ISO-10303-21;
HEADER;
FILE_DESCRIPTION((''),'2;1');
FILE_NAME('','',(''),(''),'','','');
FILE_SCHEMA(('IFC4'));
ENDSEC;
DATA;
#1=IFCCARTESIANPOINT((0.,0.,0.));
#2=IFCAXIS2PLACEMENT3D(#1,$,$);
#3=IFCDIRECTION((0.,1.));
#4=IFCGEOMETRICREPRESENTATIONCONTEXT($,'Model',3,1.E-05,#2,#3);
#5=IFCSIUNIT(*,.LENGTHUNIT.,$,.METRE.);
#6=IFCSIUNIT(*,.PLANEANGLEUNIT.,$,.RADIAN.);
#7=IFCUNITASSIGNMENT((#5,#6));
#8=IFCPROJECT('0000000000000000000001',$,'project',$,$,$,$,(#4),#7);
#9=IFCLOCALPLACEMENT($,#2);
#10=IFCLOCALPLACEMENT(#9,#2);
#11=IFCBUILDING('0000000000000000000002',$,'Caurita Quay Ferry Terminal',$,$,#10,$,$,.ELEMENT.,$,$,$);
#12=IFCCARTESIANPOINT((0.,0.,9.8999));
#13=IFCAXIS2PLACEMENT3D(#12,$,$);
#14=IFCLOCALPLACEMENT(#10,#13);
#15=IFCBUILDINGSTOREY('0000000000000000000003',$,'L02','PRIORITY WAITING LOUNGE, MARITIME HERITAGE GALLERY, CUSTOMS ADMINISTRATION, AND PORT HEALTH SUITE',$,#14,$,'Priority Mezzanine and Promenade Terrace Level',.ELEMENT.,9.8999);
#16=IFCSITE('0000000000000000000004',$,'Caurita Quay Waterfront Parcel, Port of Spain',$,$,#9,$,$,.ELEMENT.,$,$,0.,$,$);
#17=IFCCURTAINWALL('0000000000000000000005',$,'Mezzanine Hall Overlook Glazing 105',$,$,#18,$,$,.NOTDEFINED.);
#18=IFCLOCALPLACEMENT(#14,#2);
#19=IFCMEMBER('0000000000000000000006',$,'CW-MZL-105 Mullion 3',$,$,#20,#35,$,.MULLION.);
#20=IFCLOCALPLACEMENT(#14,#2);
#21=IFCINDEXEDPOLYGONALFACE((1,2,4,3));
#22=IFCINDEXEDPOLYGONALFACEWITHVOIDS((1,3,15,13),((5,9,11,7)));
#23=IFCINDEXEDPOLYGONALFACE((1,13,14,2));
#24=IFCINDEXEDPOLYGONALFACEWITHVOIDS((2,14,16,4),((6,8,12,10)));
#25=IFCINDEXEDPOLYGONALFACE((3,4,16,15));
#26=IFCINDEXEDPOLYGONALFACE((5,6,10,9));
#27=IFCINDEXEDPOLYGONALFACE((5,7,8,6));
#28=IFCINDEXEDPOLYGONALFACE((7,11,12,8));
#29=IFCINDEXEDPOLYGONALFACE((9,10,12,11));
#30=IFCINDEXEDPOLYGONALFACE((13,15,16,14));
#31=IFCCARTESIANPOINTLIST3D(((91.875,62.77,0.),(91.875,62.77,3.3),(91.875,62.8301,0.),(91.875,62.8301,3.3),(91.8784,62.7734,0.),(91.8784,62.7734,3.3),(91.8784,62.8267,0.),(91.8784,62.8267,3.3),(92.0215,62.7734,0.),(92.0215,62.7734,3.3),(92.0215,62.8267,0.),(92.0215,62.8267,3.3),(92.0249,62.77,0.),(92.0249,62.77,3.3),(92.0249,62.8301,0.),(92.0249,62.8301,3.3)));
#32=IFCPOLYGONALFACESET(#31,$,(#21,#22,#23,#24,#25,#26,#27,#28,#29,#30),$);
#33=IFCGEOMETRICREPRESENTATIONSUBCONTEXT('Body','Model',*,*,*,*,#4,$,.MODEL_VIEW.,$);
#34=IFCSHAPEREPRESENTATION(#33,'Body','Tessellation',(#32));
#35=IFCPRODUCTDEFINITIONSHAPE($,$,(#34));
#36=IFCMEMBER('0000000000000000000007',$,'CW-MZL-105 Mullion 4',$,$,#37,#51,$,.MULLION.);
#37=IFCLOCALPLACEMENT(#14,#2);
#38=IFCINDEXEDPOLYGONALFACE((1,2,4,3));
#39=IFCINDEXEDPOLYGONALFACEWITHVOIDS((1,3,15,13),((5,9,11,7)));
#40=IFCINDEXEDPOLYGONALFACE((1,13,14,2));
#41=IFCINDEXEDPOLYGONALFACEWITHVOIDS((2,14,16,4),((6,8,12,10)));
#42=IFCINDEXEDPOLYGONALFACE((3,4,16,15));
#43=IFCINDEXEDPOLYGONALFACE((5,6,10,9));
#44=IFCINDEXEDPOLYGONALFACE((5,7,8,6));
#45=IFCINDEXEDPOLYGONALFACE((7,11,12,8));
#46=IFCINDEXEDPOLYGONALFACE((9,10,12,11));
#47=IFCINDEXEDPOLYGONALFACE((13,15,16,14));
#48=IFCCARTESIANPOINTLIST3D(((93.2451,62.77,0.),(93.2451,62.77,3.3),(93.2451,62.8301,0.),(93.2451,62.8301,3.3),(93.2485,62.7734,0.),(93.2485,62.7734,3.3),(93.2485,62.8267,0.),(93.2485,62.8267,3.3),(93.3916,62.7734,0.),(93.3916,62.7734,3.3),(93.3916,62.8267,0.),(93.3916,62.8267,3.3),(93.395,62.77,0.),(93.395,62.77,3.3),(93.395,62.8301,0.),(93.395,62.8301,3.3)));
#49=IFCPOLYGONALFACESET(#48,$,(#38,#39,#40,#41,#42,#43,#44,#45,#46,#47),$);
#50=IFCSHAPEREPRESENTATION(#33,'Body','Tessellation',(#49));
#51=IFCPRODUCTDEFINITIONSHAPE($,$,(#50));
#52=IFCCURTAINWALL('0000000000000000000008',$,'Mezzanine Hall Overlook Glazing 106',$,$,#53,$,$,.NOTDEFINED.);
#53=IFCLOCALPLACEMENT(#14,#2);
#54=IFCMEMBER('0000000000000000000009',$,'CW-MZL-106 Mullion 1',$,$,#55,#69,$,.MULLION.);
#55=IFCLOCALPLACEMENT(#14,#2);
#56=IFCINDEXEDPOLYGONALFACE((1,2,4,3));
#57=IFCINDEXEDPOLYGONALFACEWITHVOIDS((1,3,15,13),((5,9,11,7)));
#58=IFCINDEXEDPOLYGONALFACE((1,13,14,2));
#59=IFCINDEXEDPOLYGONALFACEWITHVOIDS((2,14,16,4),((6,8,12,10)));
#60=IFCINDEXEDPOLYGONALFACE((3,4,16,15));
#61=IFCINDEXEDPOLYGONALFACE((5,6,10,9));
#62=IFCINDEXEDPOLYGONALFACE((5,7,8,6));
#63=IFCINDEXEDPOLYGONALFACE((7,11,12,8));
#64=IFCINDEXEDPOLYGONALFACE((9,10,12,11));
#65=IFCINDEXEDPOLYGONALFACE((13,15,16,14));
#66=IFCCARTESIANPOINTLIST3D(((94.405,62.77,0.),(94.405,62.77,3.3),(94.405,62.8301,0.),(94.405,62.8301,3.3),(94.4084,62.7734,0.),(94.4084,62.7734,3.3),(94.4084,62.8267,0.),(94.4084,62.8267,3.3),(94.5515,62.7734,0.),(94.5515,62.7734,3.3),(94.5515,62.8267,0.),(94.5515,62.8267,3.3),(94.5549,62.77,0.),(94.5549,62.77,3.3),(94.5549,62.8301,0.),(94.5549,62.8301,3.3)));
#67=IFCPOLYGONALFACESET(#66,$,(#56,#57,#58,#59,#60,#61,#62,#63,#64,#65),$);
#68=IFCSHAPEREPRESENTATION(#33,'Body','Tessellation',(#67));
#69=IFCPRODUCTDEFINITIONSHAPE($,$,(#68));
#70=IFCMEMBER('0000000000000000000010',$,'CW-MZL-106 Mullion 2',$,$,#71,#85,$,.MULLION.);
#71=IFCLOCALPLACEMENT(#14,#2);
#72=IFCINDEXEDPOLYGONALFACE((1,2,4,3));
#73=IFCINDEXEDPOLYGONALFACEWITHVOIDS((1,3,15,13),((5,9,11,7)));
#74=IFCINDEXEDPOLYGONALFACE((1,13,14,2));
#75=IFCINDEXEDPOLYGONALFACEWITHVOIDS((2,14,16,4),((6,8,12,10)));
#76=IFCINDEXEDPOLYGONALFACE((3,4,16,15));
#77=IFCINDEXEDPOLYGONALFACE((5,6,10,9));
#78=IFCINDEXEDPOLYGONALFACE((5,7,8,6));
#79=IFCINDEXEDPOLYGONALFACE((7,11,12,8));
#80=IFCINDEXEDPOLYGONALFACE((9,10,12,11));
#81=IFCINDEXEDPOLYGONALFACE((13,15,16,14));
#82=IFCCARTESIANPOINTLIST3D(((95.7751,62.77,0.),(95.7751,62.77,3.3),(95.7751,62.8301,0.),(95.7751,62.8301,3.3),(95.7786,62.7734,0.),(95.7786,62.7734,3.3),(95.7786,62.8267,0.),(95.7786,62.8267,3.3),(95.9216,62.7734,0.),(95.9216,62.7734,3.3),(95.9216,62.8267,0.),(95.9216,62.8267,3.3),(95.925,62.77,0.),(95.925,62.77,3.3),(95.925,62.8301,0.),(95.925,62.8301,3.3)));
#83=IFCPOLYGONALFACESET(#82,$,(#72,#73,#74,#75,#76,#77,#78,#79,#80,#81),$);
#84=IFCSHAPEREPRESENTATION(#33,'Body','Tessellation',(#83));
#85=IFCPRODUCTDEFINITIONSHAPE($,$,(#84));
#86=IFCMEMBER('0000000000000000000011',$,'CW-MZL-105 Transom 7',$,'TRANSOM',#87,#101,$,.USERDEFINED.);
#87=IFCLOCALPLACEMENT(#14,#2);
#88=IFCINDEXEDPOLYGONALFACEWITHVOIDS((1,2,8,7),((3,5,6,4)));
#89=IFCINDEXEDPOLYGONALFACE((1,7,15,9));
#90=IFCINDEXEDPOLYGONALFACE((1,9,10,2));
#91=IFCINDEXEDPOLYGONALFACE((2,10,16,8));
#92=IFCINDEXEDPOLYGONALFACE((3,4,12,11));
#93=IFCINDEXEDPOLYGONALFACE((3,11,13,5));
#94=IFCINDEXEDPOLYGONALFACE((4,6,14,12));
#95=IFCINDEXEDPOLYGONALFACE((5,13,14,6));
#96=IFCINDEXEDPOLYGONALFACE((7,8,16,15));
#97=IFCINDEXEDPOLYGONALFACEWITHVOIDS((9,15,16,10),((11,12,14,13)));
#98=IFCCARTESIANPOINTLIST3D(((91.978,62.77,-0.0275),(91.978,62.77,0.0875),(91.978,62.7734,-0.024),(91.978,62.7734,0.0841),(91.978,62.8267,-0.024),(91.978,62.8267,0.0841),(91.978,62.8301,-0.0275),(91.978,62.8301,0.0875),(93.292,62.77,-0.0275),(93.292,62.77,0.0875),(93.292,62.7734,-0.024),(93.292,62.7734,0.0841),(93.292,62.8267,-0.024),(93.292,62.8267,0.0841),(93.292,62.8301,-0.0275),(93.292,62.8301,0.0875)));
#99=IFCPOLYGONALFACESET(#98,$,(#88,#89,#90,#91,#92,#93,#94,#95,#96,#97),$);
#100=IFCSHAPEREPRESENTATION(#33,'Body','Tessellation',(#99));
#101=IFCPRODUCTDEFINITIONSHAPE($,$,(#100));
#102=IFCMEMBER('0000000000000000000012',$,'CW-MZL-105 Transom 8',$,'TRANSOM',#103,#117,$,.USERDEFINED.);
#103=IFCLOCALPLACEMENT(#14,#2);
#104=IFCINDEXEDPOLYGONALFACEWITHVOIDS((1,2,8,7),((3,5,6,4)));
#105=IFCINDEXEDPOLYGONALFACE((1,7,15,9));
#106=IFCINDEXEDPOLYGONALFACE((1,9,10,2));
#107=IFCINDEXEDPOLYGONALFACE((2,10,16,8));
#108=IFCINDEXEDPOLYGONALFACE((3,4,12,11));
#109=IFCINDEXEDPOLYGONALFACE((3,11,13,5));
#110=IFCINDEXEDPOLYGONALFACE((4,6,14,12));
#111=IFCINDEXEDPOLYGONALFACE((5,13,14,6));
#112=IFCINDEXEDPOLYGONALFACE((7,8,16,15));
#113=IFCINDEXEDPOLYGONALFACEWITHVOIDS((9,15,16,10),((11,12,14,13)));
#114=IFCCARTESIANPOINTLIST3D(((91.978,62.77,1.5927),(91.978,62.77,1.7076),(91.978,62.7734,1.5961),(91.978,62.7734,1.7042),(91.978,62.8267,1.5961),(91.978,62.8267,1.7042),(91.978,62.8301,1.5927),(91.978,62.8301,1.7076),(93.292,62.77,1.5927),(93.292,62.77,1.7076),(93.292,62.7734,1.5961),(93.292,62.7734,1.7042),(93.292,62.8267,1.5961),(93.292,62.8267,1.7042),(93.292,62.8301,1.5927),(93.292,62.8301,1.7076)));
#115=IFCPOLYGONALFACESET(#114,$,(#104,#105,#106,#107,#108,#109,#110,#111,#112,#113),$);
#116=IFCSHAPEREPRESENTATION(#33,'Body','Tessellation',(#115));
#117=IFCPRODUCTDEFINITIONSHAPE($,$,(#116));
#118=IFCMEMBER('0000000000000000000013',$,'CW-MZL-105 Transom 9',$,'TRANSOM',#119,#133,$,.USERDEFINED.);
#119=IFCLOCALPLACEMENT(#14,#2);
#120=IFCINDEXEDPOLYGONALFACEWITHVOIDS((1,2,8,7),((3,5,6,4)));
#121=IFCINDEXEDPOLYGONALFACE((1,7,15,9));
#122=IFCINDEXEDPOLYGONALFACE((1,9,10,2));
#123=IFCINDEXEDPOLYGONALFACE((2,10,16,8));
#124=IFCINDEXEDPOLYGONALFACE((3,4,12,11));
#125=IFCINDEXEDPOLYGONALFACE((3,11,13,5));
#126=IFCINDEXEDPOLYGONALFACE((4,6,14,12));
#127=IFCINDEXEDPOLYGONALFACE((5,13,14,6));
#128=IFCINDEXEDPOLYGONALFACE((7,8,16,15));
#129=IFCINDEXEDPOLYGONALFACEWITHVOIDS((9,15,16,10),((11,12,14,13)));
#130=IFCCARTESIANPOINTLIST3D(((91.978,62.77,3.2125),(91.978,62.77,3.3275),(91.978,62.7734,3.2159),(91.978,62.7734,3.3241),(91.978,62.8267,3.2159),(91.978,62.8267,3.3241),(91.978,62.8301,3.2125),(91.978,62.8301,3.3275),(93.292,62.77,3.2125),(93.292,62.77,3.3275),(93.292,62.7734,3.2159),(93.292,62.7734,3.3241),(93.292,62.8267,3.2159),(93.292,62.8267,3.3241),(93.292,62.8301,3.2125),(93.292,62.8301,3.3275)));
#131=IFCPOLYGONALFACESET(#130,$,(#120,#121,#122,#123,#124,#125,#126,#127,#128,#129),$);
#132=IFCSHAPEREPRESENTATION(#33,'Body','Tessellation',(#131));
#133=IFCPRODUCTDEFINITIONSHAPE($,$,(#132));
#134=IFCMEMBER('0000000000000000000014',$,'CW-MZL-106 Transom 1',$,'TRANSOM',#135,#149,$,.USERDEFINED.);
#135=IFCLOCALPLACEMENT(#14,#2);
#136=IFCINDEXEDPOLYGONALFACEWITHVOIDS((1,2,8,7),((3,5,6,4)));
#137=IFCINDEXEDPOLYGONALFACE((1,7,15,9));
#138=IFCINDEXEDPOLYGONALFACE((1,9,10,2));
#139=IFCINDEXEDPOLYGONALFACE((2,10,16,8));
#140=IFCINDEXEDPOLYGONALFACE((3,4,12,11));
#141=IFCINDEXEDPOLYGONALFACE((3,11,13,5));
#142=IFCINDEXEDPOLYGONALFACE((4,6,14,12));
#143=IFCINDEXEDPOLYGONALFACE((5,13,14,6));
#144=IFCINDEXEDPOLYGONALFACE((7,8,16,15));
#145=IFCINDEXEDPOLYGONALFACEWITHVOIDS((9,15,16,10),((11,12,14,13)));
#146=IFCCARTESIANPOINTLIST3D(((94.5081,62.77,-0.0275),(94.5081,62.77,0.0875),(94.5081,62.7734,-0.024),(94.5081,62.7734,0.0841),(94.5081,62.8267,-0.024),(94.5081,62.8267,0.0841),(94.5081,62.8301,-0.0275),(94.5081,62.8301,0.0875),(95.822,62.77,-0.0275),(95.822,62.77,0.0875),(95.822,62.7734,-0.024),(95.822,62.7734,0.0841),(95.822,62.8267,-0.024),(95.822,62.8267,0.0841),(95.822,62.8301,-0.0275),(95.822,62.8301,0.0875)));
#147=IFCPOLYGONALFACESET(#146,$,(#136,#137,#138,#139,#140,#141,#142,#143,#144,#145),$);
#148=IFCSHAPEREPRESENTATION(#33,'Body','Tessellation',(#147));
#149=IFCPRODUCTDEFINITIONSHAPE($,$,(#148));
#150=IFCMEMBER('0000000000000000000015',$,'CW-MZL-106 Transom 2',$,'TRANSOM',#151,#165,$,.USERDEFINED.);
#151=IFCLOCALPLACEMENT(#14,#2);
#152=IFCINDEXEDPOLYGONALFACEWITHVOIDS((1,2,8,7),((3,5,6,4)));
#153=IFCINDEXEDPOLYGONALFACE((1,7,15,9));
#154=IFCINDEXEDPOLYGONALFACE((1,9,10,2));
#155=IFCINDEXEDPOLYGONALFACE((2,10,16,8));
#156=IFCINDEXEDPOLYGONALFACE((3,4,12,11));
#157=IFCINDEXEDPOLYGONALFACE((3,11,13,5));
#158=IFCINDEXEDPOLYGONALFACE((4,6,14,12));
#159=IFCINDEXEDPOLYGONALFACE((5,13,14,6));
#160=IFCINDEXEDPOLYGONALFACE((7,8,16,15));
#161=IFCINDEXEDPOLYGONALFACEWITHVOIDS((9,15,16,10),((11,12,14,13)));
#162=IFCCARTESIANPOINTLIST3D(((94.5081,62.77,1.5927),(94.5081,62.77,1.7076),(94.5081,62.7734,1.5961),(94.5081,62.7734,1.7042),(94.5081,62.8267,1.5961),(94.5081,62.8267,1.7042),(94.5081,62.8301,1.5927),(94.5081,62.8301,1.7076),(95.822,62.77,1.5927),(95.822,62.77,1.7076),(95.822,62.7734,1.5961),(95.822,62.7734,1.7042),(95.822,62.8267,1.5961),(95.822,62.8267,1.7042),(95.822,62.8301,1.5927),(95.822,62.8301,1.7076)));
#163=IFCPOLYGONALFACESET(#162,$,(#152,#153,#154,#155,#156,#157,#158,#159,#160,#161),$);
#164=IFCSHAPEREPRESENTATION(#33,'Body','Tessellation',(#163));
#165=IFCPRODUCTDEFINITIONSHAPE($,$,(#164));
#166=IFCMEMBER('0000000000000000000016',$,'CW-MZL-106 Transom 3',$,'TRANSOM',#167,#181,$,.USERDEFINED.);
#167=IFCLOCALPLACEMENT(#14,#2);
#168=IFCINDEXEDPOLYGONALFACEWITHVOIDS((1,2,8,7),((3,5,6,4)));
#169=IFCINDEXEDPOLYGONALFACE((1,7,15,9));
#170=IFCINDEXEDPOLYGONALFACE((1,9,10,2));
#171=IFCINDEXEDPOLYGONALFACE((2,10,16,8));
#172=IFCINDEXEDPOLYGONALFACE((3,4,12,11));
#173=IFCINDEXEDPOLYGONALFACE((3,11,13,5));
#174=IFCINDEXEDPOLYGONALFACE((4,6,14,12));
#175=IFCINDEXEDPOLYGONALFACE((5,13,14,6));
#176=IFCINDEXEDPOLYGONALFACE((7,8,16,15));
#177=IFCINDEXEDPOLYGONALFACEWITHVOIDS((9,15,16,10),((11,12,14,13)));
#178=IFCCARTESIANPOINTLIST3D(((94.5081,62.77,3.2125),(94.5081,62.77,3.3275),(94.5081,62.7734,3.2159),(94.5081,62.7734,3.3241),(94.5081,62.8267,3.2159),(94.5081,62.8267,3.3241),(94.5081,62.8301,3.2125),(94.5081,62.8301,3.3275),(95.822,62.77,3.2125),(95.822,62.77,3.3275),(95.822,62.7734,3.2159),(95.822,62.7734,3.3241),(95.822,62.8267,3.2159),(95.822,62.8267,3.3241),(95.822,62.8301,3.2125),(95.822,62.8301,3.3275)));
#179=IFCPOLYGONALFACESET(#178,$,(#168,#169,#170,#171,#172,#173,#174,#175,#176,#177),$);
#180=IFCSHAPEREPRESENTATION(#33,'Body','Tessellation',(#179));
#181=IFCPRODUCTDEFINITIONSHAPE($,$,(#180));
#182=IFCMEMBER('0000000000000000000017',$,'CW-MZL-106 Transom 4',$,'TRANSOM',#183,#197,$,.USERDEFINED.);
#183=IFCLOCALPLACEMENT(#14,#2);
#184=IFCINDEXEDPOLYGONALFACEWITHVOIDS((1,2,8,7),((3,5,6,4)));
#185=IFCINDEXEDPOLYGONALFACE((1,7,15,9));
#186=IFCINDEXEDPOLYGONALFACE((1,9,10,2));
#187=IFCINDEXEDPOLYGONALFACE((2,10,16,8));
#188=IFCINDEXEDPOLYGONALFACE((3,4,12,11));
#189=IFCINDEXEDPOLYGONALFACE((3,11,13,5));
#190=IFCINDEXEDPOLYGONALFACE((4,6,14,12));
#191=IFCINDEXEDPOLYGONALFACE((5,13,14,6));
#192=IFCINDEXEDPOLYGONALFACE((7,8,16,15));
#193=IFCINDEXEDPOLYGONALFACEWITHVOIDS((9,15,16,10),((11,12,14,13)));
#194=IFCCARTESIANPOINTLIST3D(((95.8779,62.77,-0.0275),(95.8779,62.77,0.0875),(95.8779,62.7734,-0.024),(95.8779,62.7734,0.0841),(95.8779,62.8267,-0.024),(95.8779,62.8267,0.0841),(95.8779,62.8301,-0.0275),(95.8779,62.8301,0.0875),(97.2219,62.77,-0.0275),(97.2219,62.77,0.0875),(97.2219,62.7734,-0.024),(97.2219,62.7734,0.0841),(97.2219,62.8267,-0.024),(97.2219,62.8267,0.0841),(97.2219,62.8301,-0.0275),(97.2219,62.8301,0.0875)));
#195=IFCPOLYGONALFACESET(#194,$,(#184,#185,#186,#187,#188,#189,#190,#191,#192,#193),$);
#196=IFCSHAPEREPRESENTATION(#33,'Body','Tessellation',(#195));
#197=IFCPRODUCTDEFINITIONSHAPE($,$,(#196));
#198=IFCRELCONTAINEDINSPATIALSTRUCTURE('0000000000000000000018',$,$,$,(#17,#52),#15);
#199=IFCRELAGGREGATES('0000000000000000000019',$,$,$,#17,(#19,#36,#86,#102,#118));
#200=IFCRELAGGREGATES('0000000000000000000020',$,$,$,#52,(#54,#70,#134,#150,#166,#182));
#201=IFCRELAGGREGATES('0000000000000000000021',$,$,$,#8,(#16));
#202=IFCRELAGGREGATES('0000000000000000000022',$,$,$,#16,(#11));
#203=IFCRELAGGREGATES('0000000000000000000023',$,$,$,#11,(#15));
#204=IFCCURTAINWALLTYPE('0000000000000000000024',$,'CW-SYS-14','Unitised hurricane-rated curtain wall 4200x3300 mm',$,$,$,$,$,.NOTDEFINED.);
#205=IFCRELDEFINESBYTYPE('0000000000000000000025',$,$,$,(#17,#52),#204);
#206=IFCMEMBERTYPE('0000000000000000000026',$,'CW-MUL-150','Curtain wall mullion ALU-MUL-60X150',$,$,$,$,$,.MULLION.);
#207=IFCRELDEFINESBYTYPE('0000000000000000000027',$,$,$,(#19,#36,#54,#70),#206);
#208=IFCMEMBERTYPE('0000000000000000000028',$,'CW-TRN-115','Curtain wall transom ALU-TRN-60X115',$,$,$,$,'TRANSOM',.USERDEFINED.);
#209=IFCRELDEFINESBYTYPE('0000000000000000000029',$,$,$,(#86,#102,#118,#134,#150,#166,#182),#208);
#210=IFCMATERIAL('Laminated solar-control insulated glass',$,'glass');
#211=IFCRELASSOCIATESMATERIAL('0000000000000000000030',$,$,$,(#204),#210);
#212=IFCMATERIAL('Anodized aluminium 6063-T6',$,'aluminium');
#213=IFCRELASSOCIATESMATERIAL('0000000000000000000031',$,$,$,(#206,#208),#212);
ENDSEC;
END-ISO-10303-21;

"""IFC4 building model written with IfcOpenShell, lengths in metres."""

from ifc_helpers import new_model, si_unit, direction, frame, origin, origin_2d, place, context, subcontext, project, spatial, hollow_rectangle, extrude, material, material_profile, profile_set, type_object, element, aggregate, save


model = new_model("IFC4")

# Units and contexts
model_context = context("Model", 3, precision=1e-05, world=origin(), true_north=direction((0.0, 1.0)))
body_context = subcontext(model_context, "Body", "Model", "MODEL_VIEW")
ifc_project = project(units=[si_unit("LENGTHUNIT", "METRE"), si_unit("PLANEANGLEUNIT", "RADIAN")], contexts=[model_context])

# Site, building, storey
site_placement = place(None, origin())
site = spatial("IfcSite", under=ifc_project, at=site_placement, Name="Caurita Quay Waterfront Parcel, Port of Spain", CompositionType="ELEMENT", RefElevation=0.0)
building_placement = place(site_placement, origin())
building = spatial("IfcBuilding", under=site, at=building_placement, Name="Caurita Quay Ferry Terminal", CompositionType="ELEMENT")
storey_placement = place(building_placement, frame((0.0, 0.0, 9.8999)))
storey = spatial("IfcBuildingStorey", under=building, at=storey_placement, Name="L02", Description="PRIORITY WAITING LOUNGE, MARITIME HERITAGE GALLERY, CUSTOMS ADMINISTRATION, AND PORT HEALTH SUITE", LongName="Priority Mezzanine and Promenade Terrace Level", CompositionType="ELEMENT", Elevation=9.8999)

# Curtain walls, members
ifc_material_1 = material(Name="Laminated solar-control insulated glass", Category="glass")
curtain_wall_type = type_object("IfcCurtainWallType", Name="CW-SYS-14", Description="Unitised hurricane-rated curtain wall 4200x3300 mm", PredefinedType="NOTDEFINED", material=ifc_material_1)
curtain_wall_1_placement = place(storey_placement, origin())
curtain_wall_1 = element("IfcCurtainWall", 1, at=curtain_wall_1_placement, inside=storey, type_object=curtain_wall_type, Name="Mezzanine Hall Overlook Glazing 105", PredefinedType="NOTDEFINED")
ifc_material_2 = material(Name="Anodized aluminium 6063-T6", Category="aluminium")
ifc_material_profile_1 = material_profile(ifc_material_2, hollow_rectangle(XDim=0.0601, YDim=0.1499, WallThickness=0.0034, at=origin_2d()), Name="ALU-MUL-60X150")
ifc_profile_set_1 = profile_set([ifc_material_profile_1], Name="Anodized aluminium 6063-T6")
member_type_1 = type_object("IfcMemberType", Name="CW-MUL-150", Description="Curtain wall mullion ALU-MUL-60X150", PredefinedType="MULLION", material=ifc_profile_set_1)
member_1_placement = place(storey_placement, frame((91.95, 62.8, 0.0), z_axis=(0.0, 0.0, 1.0), x_axis=(0.0, 1.0, 0.0)))
member_1 = element("IfcMember", 2, at=member_1_placement, type_object=member_type_1, Name="CW-MZL-105 Mullion 3", PredefinedType="MULLION", context=body_context, shape_type="SweptSolid", body=[
    extrude(hollow_rectangle(XDim=0.0601, YDim=0.1499, WallThickness=0.0034, at=origin_2d()), origin(), (0.0, 0.0, 1.0), 3.3),
])
member_2_placement = place(storey_placement, frame((93.3201, 62.8, 0.0), z_axis=(0.0, 0.0, 1.0), x_axis=(0.0, 1.0, 0.0)))
member_2 = element("IfcMember", 3, at=member_2_placement, type_object=member_type_1, Name="CW-MZL-105 Mullion 4", PredefinedType="MULLION", context=body_context, shape_type="SweptSolid", body=[
    extrude(hollow_rectangle(XDim=0.0601, YDim=0.1499, WallThickness=0.0034, at=origin_2d()), origin(), (0.0, 0.0, 1.0), 3.3),
])
curtain_wall_2_placement = place(storey_placement, origin())
curtain_wall_2 = element("IfcCurtainWall", 4, at=curtain_wall_2_placement, inside=storey, type_object=curtain_wall_type, Name="Mezzanine Hall Overlook Glazing 106", PredefinedType="NOTDEFINED")
member_3_placement = place(storey_placement, frame((94.48, 62.8, 0.0), z_axis=(0.0, 0.0, 1.0), x_axis=(0.0, 1.0, 0.0)))
member_3 = element("IfcMember", 5, at=member_3_placement, type_object=member_type_1, Name="CW-MZL-106 Mullion 1", PredefinedType="MULLION", context=body_context, shape_type="SweptSolid", body=[
    extrude(hollow_rectangle(XDim=0.0601, YDim=0.1499, WallThickness=0.0034, at=origin_2d()), origin(), (0.0, 0.0, 1.0), 3.3),
])
member_4_placement = place(storey_placement, frame((95.8501, 62.8, 0.0), z_axis=(0.0, 0.0, 1.0), x_axis=(0.0, 1.0, 0.0)))
member_4 = element("IfcMember", 6, at=member_4_placement, type_object=member_type_1, Name="CW-MZL-106 Mullion 2", PredefinedType="MULLION", context=body_context, shape_type="SweptSolid", body=[
    extrude(hollow_rectangle(XDim=0.0601, YDim=0.1499, WallThickness=0.0034, at=origin_2d()), origin(), (0.0, 0.0, 1.0), 3.3),
])

# Members
ifc_material_profile_2 = material_profile(ifc_material_2, hollow_rectangle(XDim=0.0601, YDim=0.115, WallThickness=0.0034, at=origin_2d()), Name="ALU-TRN-60X115")
ifc_profile_set_2 = profile_set([ifc_material_profile_2], Name="Anodized aluminium 6063-T6")
member_type_2 = type_object("IfcMemberType", Name="CW-TRN-115", Description="Curtain wall transom ALU-TRN-60X115", ElementType="TRANSOM", PredefinedType="USERDEFINED", material=ifc_profile_set_2)
member_5_placement = place(storey_placement, frame((91.978, 62.8, 0.03), z_axis=(1.0, 0.0, 0.0), x_axis=(0.0, 1.0, 0.0)))
member_5 = element("IfcMember", 7, at=member_5_placement, type_object=member_type_2, Name="CW-MZL-105 Transom 7", ObjectType="TRANSOM", PredefinedType="USERDEFINED", context=body_context, shape_type="SweptSolid", body=[
    extrude(hollow_rectangle(XDim=0.0601, YDim=0.115, WallThickness=0.0034, at=origin_2d()), origin(), (0.0, 0.0, 1.0), 1.314),
])
member_6_placement = place(storey_placement, frame((91.978, 62.8, 1.6501), z_axis=(1.0, 0.0, 0.0), x_axis=(0.0, 1.0, 0.0)))
member_6 = element("IfcMember", 8, at=member_6_placement, type_object=member_type_2, Name="CW-MZL-105 Transom 8", ObjectType="TRANSOM", PredefinedType="USERDEFINED", context=body_context, shape_type="SweptSolid", body=[
    extrude(hollow_rectangle(XDim=0.0601, YDim=0.115, WallThickness=0.0034, at=origin_2d()), origin(), (0.0, 0.0, 1.0), 1.314),
])
member_7_placement = place(storey_placement, frame((91.978, 62.8, 3.27), z_axis=(1.0, 0.0, 0.0), x_axis=(0.0, 1.0, 0.0)))
member_7 = element("IfcMember", 9, at=member_7_placement, type_object=member_type_2, Name="CW-MZL-105 Transom 9", ObjectType="TRANSOM", PredefinedType="USERDEFINED", context=body_context, shape_type="SweptSolid", body=[
    extrude(hollow_rectangle(XDim=0.0601, YDim=0.115, WallThickness=0.0034, at=origin_2d()), origin(), (0.0, 0.0, 1.0), 1.314),
])
member_8_placement = place(storey_placement, frame((94.5081, 62.8, 0.03), z_axis=(1.0, 0.0, 0.0), x_axis=(0.0, 1.0, 0.0)))
member_8 = element("IfcMember", 10, at=member_8_placement, type_object=member_type_2, Name="CW-MZL-106 Transom 1", ObjectType="TRANSOM", PredefinedType="USERDEFINED", context=body_context, shape_type="SweptSolid", body=[
    extrude(hollow_rectangle(XDim=0.0601, YDim=0.115, WallThickness=0.0034, at=origin_2d()), origin(), (0.0, 0.0, 1.0), 1.314),
])
member_9_placement = place(storey_placement, frame((94.5081, 62.8, 1.6501), z_axis=(1.0, 0.0, 0.0), x_axis=(0.0, 1.0, 0.0)))
member_9 = element("IfcMember", 11, at=member_9_placement, type_object=member_type_2, Name="CW-MZL-106 Transom 2", ObjectType="TRANSOM", PredefinedType="USERDEFINED", context=body_context, shape_type="SweptSolid", body=[
    extrude(hollow_rectangle(XDim=0.0601, YDim=0.115, WallThickness=0.0034, at=origin_2d()), origin(), (0.0, 0.0, 1.0), 1.314),
])
member_10_placement = place(storey_placement, frame((94.5081, 62.8, 3.27), z_axis=(1.0, 0.0, 0.0), x_axis=(0.0, 1.0, 0.0)))
member_10 = element("IfcMember", 12, at=member_10_placement, type_object=member_type_2, Name="CW-MZL-106 Transom 3", ObjectType="TRANSOM", PredefinedType="USERDEFINED", context=body_context, shape_type="SweptSolid", body=[
    extrude(hollow_rectangle(XDim=0.0601, YDim=0.115, WallThickness=0.0034, at=origin_2d()), origin(), (0.0, 0.0, 1.0), 1.314),
])
member_11_placement = place(storey_placement, frame((95.8779, 62.8, 0.03), z_axis=(1.0, 0.0, 0.0), x_axis=(0.0, 1.0, 0.0)))
member_11 = element("IfcMember", 13, at=member_11_placement, type_object=member_type_2, Name="CW-MZL-106 Transom 4", ObjectType="TRANSOM", PredefinedType="USERDEFINED", context=body_context, shape_type="SweptSolid", body=[
    extrude(hollow_rectangle(XDim=0.0601, YDim=0.115, WallThickness=0.0034, at=origin_2d()), origin(), (0.0, 0.0, 1.0), 1.344),
])

aggregate(curtain_wall_1, [member_1, member_2, member_5, member_6, member_7])
aggregate(curtain_wall_2, [member_3, member_4, member_8, member_9, member_10, member_11])

save(model, "model.ifc")
